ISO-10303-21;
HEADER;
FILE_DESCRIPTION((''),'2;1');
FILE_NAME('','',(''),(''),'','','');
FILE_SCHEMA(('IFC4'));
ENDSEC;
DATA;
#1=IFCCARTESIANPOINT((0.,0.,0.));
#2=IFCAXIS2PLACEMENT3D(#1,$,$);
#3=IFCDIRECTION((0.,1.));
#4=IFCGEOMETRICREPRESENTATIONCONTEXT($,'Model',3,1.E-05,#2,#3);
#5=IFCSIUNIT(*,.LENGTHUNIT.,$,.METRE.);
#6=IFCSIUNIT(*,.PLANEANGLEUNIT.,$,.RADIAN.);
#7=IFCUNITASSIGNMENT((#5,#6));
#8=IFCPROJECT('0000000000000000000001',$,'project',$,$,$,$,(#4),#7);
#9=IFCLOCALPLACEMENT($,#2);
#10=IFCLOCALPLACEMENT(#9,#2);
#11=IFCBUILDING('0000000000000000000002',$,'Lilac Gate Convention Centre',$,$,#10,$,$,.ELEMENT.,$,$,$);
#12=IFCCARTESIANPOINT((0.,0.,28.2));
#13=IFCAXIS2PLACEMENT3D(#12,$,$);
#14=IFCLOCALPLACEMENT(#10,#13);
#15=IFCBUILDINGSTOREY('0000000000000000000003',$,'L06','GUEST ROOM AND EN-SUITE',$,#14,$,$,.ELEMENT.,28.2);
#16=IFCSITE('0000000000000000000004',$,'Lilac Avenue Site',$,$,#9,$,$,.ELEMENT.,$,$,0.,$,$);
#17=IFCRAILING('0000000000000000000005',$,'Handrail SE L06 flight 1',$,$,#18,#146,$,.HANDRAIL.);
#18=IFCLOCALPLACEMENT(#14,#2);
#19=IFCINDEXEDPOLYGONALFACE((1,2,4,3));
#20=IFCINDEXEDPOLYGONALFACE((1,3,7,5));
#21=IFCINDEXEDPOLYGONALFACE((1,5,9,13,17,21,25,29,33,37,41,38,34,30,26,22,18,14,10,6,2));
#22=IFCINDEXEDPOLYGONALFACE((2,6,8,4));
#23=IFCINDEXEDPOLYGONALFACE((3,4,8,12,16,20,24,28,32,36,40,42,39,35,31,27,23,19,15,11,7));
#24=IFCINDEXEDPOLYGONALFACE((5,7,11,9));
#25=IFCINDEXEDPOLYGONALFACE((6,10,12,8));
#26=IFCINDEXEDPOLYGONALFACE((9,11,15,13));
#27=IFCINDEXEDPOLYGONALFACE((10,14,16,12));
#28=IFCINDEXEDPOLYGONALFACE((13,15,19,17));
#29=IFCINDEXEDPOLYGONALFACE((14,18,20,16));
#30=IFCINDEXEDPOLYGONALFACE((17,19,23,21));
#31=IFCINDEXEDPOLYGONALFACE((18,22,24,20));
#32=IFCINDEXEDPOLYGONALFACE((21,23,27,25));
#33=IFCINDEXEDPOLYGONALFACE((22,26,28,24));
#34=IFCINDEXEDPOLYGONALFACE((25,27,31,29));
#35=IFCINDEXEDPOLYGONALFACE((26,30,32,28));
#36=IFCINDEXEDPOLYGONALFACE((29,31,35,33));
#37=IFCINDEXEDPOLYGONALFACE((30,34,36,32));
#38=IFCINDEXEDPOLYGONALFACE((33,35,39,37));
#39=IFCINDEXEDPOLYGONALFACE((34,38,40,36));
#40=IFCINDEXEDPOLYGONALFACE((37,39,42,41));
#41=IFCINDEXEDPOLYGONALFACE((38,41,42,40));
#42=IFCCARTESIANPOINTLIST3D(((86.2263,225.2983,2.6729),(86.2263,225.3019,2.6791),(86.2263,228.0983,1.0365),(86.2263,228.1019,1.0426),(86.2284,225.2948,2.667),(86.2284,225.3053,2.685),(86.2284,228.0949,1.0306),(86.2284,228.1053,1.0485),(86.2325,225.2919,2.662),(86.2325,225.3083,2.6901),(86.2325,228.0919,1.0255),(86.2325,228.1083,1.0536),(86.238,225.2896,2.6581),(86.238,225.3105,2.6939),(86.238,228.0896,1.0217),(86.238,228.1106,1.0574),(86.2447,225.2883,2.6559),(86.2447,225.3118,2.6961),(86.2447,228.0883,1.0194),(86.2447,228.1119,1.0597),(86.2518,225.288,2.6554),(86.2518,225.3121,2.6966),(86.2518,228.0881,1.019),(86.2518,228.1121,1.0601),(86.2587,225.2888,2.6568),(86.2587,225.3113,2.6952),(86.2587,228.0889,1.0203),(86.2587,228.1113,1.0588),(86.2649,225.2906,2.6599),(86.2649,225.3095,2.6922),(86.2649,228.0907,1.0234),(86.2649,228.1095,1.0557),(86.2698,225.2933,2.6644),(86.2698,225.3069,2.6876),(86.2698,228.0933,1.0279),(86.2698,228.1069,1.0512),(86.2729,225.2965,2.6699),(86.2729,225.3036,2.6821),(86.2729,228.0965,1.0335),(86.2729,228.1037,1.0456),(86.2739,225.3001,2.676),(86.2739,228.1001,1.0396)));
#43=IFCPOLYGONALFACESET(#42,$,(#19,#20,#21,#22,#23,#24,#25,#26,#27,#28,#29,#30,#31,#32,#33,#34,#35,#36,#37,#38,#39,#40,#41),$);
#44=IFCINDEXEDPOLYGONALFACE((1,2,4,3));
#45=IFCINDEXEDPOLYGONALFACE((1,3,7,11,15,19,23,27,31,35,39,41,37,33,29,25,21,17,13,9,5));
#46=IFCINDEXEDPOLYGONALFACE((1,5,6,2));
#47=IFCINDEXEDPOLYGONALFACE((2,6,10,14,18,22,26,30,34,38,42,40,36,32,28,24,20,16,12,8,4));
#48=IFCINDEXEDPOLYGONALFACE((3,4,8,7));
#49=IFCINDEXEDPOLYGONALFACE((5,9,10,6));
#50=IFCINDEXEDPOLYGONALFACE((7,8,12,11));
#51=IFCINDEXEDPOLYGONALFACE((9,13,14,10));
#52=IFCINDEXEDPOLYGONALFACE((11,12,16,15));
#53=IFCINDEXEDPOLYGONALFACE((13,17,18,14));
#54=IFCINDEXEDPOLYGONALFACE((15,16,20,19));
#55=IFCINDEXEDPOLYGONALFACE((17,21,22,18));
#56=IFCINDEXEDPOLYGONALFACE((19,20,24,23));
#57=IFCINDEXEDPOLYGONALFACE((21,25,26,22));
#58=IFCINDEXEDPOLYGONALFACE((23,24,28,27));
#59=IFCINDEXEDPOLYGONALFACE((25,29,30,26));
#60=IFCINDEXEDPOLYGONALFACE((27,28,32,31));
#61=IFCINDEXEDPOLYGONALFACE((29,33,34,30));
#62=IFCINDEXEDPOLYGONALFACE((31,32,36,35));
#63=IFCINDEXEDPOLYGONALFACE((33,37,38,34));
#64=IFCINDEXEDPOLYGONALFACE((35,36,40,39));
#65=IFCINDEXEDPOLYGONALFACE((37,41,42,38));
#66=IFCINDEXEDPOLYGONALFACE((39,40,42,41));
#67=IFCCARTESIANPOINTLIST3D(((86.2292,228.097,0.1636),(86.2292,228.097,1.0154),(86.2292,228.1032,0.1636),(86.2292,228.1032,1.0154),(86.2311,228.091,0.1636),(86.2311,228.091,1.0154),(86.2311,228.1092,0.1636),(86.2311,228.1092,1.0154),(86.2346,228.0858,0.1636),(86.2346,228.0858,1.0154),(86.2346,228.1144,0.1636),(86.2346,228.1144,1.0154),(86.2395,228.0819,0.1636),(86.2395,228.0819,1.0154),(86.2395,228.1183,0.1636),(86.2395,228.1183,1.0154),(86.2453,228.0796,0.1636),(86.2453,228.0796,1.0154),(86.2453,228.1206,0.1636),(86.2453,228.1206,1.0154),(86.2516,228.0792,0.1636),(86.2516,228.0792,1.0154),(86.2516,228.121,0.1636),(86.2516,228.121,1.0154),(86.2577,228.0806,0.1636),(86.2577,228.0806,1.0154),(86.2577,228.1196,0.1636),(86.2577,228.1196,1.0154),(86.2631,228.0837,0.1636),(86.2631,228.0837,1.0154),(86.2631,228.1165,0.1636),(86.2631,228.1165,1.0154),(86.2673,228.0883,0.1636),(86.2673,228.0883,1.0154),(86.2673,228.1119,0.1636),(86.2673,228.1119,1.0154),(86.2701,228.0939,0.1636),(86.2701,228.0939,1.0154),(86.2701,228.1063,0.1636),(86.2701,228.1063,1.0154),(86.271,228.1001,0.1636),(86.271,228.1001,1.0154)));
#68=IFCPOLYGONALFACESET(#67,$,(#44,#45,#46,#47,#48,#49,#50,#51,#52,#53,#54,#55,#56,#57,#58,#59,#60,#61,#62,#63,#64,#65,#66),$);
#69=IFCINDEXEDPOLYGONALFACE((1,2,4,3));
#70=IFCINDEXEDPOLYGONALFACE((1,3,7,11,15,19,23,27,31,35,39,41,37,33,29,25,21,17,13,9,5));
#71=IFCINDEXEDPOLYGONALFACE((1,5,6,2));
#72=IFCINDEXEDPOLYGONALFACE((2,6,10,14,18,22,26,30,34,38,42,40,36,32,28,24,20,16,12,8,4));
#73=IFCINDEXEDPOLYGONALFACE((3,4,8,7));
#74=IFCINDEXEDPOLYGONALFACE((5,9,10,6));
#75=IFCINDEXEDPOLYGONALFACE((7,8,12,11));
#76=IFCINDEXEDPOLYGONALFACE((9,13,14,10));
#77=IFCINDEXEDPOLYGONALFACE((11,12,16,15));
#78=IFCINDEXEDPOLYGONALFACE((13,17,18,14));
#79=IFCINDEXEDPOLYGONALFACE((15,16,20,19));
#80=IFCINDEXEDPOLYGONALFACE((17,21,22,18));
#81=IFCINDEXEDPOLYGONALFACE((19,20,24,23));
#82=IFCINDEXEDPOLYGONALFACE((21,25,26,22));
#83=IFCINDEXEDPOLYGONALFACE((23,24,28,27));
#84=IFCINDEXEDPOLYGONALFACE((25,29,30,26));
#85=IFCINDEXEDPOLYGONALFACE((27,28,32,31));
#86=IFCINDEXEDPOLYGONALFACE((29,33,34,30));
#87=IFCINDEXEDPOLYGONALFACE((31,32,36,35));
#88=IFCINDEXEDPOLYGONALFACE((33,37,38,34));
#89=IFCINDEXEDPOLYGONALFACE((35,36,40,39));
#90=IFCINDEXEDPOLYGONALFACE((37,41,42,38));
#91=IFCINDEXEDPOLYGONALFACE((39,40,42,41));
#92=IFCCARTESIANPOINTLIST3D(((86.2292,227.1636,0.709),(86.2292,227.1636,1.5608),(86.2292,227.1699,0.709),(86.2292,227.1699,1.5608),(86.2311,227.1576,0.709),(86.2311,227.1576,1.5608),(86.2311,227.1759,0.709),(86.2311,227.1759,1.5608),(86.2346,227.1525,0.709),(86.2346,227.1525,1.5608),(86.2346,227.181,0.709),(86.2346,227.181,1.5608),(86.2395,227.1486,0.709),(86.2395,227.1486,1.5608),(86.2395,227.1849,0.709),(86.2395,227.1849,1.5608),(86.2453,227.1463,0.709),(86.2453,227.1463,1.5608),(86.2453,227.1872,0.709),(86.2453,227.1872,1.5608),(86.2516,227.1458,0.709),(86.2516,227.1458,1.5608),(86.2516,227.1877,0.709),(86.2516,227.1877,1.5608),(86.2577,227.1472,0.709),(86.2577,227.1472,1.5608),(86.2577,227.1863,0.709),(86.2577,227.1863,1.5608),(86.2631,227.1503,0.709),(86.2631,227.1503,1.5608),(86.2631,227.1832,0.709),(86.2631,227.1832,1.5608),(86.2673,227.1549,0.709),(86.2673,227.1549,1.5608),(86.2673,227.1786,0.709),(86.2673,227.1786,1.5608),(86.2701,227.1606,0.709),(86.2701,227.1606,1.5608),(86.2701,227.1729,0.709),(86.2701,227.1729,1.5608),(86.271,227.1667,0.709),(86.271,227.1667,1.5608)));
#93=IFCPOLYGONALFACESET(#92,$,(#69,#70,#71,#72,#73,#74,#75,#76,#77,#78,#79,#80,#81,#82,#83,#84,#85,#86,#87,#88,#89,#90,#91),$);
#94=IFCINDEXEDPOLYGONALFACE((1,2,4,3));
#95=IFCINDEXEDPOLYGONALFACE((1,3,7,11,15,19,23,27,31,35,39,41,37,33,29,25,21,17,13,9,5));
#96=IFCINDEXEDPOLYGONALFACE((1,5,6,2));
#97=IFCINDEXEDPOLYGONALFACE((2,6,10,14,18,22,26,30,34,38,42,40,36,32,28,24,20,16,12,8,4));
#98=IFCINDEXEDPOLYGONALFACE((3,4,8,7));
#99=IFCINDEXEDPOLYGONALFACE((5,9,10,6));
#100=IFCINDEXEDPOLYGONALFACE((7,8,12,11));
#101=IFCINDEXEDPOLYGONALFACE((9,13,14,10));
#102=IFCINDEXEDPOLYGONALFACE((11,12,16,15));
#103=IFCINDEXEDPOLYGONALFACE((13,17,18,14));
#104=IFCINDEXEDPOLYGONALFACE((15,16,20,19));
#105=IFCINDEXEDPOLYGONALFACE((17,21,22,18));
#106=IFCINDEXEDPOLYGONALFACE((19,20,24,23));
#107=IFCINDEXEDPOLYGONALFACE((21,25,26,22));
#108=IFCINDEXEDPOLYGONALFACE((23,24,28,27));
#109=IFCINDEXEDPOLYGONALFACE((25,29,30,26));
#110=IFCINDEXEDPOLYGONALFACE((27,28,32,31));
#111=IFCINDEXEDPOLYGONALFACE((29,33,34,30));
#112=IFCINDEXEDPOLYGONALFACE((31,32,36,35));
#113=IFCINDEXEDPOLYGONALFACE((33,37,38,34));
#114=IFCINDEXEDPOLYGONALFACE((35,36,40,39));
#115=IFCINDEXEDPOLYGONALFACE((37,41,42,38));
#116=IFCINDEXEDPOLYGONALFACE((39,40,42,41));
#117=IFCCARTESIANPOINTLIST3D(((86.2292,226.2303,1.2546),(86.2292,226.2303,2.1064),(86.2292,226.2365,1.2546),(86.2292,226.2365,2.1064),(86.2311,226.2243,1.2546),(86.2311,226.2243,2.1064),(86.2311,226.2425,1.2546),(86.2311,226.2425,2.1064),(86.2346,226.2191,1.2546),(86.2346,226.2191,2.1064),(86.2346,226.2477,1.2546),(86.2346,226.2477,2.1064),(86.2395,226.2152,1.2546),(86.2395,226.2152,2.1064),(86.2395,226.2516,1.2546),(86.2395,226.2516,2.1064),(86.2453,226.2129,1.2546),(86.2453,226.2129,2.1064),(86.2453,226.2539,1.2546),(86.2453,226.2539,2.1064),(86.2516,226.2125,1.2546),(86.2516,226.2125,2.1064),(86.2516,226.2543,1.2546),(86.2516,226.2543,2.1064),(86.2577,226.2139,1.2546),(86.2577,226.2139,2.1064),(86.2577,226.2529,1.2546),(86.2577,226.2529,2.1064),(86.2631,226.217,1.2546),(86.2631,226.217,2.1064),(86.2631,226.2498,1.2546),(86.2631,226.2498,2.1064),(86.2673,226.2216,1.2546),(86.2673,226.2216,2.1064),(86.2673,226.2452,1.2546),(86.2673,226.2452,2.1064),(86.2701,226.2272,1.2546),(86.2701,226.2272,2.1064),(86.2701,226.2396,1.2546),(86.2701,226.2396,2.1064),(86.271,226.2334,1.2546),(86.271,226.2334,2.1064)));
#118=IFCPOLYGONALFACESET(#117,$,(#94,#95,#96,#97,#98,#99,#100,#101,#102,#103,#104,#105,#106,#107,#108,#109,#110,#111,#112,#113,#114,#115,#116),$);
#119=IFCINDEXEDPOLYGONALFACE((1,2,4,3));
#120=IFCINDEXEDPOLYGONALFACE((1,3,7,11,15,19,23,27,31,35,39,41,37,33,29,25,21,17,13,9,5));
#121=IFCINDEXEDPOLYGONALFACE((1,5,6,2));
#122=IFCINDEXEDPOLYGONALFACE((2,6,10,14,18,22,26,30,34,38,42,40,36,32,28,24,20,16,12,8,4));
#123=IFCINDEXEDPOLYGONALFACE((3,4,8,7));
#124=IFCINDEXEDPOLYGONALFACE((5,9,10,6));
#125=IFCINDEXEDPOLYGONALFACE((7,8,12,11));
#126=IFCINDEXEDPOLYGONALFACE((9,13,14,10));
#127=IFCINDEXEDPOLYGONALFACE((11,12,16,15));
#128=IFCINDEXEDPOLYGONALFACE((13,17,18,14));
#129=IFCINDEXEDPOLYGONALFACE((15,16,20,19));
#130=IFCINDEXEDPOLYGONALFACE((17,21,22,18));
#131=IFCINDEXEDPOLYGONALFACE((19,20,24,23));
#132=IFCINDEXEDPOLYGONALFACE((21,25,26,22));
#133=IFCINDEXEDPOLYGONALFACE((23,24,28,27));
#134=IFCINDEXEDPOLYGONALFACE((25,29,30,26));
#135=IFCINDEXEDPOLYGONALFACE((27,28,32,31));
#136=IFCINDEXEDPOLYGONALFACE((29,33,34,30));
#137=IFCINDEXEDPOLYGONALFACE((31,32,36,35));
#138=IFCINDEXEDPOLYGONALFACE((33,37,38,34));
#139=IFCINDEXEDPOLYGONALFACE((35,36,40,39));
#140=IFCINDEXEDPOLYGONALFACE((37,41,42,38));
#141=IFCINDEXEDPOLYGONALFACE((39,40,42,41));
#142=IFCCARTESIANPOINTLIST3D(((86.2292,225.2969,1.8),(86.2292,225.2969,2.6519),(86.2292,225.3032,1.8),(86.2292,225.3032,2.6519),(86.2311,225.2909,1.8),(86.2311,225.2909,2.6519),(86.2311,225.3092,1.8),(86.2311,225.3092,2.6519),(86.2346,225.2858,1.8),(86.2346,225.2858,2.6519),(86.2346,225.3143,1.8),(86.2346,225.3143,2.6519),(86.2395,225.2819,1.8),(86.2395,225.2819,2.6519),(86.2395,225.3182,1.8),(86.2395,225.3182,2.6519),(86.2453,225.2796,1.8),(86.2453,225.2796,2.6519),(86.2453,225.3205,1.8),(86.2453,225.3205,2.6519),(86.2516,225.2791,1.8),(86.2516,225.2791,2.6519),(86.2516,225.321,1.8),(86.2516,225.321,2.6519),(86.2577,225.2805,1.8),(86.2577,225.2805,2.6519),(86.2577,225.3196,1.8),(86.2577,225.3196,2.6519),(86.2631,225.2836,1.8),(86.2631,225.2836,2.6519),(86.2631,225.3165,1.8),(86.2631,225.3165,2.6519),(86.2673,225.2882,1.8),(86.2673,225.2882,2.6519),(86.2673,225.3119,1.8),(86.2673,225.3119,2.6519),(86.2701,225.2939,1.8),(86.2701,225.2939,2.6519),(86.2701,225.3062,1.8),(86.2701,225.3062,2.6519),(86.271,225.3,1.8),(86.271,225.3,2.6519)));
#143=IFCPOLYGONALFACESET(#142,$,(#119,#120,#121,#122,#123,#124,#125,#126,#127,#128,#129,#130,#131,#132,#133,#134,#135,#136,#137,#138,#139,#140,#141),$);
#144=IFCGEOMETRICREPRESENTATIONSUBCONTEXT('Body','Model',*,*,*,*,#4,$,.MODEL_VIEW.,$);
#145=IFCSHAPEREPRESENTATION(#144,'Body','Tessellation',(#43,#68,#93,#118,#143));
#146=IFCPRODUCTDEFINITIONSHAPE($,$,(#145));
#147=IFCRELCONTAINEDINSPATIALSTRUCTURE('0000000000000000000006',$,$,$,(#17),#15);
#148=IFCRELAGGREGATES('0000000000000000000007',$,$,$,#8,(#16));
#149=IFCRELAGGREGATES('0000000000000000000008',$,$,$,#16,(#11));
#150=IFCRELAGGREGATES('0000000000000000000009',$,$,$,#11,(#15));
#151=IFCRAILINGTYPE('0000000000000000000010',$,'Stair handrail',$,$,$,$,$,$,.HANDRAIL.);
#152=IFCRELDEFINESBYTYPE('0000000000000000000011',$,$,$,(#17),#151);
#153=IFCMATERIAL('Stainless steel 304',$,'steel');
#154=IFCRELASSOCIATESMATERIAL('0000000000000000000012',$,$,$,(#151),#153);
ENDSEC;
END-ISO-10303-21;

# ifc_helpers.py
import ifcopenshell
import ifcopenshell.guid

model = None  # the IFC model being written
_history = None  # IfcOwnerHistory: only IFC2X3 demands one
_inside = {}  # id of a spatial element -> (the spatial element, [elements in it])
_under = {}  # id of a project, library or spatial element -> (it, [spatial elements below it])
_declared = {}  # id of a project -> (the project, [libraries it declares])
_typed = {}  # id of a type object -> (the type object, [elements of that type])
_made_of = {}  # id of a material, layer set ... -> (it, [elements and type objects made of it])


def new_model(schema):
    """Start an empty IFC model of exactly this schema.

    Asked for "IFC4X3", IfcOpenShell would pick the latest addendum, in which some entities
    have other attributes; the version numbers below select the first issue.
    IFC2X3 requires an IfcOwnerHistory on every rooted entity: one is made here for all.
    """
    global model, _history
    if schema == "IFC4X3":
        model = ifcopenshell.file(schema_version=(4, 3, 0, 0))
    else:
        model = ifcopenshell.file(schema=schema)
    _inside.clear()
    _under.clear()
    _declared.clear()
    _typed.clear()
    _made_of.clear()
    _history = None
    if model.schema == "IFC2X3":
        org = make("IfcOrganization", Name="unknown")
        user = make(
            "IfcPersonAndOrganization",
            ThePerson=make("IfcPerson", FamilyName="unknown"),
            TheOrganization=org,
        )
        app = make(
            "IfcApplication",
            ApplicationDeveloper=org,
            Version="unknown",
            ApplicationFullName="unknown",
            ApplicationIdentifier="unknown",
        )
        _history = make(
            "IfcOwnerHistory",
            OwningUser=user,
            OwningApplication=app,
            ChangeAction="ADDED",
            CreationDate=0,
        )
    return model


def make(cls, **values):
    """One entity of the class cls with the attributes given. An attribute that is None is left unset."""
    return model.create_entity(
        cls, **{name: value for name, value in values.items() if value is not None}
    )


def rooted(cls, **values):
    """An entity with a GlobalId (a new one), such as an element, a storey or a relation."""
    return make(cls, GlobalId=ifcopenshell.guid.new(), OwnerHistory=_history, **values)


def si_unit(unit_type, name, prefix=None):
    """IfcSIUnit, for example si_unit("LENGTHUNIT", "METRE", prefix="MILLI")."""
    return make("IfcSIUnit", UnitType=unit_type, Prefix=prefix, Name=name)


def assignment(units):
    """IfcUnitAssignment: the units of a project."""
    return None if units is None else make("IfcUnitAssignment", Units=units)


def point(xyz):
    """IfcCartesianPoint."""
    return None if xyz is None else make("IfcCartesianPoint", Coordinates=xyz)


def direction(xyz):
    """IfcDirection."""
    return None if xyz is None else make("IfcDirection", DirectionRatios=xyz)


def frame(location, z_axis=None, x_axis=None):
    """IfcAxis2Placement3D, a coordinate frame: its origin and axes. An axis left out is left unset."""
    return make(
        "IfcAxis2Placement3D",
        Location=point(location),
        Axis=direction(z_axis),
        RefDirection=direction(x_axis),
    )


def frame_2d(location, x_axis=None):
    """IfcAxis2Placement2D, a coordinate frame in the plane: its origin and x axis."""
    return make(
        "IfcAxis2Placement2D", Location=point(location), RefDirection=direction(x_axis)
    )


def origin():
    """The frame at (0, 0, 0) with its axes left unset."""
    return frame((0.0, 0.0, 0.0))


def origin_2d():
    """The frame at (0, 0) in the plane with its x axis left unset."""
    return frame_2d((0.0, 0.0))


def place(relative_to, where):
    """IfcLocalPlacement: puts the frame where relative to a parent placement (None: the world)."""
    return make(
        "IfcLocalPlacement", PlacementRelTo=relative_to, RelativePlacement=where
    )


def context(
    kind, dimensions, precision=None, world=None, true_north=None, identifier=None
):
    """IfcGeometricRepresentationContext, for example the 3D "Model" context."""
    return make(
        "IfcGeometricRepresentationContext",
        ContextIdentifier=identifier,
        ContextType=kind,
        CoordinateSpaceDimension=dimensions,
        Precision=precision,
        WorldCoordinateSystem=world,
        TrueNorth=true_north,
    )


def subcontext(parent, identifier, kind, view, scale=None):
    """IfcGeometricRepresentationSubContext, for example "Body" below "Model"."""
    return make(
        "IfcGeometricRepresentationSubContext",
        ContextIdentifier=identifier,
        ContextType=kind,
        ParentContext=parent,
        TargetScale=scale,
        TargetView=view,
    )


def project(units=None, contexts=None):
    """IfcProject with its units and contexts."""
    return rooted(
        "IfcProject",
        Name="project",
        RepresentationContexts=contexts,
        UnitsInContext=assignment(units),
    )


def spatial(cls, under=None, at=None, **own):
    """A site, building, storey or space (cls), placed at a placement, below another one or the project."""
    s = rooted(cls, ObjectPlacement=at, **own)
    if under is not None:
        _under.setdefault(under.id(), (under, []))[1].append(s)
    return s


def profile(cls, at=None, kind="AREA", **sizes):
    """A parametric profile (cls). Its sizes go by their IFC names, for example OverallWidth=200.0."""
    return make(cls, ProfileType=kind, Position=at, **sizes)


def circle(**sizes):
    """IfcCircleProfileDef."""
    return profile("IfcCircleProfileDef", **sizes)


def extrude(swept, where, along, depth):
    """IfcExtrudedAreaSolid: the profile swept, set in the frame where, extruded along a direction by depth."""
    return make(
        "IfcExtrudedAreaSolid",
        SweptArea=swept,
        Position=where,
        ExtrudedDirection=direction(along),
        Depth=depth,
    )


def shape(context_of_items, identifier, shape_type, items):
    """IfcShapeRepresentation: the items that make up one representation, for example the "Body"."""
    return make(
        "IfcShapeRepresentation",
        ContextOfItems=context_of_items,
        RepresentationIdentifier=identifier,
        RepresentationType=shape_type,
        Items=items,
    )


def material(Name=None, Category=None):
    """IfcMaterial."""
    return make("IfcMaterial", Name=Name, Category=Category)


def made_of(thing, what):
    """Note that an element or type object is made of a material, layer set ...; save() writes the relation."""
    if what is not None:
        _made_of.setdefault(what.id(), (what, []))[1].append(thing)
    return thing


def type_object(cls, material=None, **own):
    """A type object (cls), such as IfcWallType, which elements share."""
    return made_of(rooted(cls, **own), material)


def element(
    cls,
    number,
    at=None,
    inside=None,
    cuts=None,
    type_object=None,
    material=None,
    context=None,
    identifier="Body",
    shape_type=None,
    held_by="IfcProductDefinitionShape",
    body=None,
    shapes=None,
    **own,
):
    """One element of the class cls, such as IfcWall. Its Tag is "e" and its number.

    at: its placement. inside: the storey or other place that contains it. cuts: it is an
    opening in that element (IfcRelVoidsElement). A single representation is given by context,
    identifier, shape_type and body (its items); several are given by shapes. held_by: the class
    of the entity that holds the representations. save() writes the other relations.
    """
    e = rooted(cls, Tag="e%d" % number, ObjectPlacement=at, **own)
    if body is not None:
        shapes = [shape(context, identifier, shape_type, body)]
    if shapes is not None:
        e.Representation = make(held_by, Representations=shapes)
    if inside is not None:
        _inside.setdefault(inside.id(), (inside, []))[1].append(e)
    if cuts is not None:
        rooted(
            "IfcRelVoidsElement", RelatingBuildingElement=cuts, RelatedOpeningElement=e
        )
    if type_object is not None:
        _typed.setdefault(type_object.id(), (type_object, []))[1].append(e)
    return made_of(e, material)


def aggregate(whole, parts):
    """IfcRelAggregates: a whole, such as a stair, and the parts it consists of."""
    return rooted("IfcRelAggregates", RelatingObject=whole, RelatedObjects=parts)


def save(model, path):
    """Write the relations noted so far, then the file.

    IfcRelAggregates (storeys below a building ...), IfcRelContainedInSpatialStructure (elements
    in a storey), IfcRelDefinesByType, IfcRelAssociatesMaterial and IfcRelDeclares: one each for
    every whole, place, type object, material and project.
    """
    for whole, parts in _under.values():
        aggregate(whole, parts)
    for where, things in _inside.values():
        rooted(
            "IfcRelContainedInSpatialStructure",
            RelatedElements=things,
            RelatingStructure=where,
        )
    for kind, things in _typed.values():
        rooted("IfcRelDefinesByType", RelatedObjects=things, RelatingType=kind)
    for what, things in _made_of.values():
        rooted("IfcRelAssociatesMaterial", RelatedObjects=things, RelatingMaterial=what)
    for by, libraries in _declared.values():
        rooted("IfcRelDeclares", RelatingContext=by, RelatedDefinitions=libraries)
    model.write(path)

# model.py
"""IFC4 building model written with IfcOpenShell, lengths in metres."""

from ifc_helpers import new_model, si_unit, direction, frame, origin, origin_2d, place, context, subcontext, project, spatial, circle, extrude, material, type_object, element, save


model = new_model("IFC4")

# Units and contexts
model_context = context("Model", 3, precision=1e-05, world=origin(), true_north=direction((0.0, 1.0)))
body_context = subcontext(model_context, "Body", "Model", "MODEL_VIEW")
ifc_project = project(units=[si_unit("LENGTHUNIT", "METRE"), si_unit("PLANEANGLEUNIT", "RADIAN")], contexts=[model_context])

# Site, building, storey
site_placement = place(None, origin())
site = spatial("IfcSite", under=ifc_project, at=site_placement, Name="Lilac Avenue Site", CompositionType="ELEMENT", RefElevation=0.0)
building_placement = place(site_placement, origin())
building = spatial("IfcBuilding", under=site, at=building_placement, Name="Lilac Gate Convention Centre", CompositionType="ELEMENT")
storey_placement = place(building_placement, frame((0.0, 0.0, 28.2)))
storey = spatial("IfcBuildingStorey", under=building, at=storey_placement, Name="L06", Description="GUEST ROOM AND EN-SUITE", CompositionType="ELEMENT", Elevation=28.2)

# Railing
ifc_material_1 = material(Name="Stainless steel 304", Category="steel")
railing_type = type_object("IfcRailingType", Name="Stair handrail", PredefinedType="HANDRAIL", material=ifc_material_1)
for number, where, name in (
    (1, (86.25, 228.1001, 0.1636), "Handrail SE L06 flight 1"),
):
    element("IfcRailing", number, at=place(storey_placement, frame(where)), inside=storey, type_object=railing_type, Name=name, PredefinedType="HANDRAIL", context=body_context, shape_type="SweptSolid", body=[
        extrude(circle(Radius=0.0239, at=origin_2d()), frame((0.0, 0.0, 0.876), z_axis=(0.0, -0.863361, 0.504587), x_axis=(1.0, 0.0, 0.0)), (0.0, 0.0, 1.0), 3.2432),
        extrude(circle(Radius=0.021, at=origin_2d()), origin(), (0.0, 0.0, 1.0), 0.8518),
        extrude(circle(Radius=0.021, at=origin_2d()), frame((0.0, -0.9333, 0.5454)), (0.0, 0.0, 1.0), 0.8518),
        extrude(circle(Radius=0.021, at=origin_2d()), frame((0.0, -1.8667, 1.0911)), (0.0, 0.0, 1.0), 0.8518),
        extrude(circle(Radius=0.021, at=origin_2d()), frame((0.0, -2.8, 1.6365)), (0.0, 0.0, 1.0), 0.8518),
    ])

save(model, "model.ifc")
